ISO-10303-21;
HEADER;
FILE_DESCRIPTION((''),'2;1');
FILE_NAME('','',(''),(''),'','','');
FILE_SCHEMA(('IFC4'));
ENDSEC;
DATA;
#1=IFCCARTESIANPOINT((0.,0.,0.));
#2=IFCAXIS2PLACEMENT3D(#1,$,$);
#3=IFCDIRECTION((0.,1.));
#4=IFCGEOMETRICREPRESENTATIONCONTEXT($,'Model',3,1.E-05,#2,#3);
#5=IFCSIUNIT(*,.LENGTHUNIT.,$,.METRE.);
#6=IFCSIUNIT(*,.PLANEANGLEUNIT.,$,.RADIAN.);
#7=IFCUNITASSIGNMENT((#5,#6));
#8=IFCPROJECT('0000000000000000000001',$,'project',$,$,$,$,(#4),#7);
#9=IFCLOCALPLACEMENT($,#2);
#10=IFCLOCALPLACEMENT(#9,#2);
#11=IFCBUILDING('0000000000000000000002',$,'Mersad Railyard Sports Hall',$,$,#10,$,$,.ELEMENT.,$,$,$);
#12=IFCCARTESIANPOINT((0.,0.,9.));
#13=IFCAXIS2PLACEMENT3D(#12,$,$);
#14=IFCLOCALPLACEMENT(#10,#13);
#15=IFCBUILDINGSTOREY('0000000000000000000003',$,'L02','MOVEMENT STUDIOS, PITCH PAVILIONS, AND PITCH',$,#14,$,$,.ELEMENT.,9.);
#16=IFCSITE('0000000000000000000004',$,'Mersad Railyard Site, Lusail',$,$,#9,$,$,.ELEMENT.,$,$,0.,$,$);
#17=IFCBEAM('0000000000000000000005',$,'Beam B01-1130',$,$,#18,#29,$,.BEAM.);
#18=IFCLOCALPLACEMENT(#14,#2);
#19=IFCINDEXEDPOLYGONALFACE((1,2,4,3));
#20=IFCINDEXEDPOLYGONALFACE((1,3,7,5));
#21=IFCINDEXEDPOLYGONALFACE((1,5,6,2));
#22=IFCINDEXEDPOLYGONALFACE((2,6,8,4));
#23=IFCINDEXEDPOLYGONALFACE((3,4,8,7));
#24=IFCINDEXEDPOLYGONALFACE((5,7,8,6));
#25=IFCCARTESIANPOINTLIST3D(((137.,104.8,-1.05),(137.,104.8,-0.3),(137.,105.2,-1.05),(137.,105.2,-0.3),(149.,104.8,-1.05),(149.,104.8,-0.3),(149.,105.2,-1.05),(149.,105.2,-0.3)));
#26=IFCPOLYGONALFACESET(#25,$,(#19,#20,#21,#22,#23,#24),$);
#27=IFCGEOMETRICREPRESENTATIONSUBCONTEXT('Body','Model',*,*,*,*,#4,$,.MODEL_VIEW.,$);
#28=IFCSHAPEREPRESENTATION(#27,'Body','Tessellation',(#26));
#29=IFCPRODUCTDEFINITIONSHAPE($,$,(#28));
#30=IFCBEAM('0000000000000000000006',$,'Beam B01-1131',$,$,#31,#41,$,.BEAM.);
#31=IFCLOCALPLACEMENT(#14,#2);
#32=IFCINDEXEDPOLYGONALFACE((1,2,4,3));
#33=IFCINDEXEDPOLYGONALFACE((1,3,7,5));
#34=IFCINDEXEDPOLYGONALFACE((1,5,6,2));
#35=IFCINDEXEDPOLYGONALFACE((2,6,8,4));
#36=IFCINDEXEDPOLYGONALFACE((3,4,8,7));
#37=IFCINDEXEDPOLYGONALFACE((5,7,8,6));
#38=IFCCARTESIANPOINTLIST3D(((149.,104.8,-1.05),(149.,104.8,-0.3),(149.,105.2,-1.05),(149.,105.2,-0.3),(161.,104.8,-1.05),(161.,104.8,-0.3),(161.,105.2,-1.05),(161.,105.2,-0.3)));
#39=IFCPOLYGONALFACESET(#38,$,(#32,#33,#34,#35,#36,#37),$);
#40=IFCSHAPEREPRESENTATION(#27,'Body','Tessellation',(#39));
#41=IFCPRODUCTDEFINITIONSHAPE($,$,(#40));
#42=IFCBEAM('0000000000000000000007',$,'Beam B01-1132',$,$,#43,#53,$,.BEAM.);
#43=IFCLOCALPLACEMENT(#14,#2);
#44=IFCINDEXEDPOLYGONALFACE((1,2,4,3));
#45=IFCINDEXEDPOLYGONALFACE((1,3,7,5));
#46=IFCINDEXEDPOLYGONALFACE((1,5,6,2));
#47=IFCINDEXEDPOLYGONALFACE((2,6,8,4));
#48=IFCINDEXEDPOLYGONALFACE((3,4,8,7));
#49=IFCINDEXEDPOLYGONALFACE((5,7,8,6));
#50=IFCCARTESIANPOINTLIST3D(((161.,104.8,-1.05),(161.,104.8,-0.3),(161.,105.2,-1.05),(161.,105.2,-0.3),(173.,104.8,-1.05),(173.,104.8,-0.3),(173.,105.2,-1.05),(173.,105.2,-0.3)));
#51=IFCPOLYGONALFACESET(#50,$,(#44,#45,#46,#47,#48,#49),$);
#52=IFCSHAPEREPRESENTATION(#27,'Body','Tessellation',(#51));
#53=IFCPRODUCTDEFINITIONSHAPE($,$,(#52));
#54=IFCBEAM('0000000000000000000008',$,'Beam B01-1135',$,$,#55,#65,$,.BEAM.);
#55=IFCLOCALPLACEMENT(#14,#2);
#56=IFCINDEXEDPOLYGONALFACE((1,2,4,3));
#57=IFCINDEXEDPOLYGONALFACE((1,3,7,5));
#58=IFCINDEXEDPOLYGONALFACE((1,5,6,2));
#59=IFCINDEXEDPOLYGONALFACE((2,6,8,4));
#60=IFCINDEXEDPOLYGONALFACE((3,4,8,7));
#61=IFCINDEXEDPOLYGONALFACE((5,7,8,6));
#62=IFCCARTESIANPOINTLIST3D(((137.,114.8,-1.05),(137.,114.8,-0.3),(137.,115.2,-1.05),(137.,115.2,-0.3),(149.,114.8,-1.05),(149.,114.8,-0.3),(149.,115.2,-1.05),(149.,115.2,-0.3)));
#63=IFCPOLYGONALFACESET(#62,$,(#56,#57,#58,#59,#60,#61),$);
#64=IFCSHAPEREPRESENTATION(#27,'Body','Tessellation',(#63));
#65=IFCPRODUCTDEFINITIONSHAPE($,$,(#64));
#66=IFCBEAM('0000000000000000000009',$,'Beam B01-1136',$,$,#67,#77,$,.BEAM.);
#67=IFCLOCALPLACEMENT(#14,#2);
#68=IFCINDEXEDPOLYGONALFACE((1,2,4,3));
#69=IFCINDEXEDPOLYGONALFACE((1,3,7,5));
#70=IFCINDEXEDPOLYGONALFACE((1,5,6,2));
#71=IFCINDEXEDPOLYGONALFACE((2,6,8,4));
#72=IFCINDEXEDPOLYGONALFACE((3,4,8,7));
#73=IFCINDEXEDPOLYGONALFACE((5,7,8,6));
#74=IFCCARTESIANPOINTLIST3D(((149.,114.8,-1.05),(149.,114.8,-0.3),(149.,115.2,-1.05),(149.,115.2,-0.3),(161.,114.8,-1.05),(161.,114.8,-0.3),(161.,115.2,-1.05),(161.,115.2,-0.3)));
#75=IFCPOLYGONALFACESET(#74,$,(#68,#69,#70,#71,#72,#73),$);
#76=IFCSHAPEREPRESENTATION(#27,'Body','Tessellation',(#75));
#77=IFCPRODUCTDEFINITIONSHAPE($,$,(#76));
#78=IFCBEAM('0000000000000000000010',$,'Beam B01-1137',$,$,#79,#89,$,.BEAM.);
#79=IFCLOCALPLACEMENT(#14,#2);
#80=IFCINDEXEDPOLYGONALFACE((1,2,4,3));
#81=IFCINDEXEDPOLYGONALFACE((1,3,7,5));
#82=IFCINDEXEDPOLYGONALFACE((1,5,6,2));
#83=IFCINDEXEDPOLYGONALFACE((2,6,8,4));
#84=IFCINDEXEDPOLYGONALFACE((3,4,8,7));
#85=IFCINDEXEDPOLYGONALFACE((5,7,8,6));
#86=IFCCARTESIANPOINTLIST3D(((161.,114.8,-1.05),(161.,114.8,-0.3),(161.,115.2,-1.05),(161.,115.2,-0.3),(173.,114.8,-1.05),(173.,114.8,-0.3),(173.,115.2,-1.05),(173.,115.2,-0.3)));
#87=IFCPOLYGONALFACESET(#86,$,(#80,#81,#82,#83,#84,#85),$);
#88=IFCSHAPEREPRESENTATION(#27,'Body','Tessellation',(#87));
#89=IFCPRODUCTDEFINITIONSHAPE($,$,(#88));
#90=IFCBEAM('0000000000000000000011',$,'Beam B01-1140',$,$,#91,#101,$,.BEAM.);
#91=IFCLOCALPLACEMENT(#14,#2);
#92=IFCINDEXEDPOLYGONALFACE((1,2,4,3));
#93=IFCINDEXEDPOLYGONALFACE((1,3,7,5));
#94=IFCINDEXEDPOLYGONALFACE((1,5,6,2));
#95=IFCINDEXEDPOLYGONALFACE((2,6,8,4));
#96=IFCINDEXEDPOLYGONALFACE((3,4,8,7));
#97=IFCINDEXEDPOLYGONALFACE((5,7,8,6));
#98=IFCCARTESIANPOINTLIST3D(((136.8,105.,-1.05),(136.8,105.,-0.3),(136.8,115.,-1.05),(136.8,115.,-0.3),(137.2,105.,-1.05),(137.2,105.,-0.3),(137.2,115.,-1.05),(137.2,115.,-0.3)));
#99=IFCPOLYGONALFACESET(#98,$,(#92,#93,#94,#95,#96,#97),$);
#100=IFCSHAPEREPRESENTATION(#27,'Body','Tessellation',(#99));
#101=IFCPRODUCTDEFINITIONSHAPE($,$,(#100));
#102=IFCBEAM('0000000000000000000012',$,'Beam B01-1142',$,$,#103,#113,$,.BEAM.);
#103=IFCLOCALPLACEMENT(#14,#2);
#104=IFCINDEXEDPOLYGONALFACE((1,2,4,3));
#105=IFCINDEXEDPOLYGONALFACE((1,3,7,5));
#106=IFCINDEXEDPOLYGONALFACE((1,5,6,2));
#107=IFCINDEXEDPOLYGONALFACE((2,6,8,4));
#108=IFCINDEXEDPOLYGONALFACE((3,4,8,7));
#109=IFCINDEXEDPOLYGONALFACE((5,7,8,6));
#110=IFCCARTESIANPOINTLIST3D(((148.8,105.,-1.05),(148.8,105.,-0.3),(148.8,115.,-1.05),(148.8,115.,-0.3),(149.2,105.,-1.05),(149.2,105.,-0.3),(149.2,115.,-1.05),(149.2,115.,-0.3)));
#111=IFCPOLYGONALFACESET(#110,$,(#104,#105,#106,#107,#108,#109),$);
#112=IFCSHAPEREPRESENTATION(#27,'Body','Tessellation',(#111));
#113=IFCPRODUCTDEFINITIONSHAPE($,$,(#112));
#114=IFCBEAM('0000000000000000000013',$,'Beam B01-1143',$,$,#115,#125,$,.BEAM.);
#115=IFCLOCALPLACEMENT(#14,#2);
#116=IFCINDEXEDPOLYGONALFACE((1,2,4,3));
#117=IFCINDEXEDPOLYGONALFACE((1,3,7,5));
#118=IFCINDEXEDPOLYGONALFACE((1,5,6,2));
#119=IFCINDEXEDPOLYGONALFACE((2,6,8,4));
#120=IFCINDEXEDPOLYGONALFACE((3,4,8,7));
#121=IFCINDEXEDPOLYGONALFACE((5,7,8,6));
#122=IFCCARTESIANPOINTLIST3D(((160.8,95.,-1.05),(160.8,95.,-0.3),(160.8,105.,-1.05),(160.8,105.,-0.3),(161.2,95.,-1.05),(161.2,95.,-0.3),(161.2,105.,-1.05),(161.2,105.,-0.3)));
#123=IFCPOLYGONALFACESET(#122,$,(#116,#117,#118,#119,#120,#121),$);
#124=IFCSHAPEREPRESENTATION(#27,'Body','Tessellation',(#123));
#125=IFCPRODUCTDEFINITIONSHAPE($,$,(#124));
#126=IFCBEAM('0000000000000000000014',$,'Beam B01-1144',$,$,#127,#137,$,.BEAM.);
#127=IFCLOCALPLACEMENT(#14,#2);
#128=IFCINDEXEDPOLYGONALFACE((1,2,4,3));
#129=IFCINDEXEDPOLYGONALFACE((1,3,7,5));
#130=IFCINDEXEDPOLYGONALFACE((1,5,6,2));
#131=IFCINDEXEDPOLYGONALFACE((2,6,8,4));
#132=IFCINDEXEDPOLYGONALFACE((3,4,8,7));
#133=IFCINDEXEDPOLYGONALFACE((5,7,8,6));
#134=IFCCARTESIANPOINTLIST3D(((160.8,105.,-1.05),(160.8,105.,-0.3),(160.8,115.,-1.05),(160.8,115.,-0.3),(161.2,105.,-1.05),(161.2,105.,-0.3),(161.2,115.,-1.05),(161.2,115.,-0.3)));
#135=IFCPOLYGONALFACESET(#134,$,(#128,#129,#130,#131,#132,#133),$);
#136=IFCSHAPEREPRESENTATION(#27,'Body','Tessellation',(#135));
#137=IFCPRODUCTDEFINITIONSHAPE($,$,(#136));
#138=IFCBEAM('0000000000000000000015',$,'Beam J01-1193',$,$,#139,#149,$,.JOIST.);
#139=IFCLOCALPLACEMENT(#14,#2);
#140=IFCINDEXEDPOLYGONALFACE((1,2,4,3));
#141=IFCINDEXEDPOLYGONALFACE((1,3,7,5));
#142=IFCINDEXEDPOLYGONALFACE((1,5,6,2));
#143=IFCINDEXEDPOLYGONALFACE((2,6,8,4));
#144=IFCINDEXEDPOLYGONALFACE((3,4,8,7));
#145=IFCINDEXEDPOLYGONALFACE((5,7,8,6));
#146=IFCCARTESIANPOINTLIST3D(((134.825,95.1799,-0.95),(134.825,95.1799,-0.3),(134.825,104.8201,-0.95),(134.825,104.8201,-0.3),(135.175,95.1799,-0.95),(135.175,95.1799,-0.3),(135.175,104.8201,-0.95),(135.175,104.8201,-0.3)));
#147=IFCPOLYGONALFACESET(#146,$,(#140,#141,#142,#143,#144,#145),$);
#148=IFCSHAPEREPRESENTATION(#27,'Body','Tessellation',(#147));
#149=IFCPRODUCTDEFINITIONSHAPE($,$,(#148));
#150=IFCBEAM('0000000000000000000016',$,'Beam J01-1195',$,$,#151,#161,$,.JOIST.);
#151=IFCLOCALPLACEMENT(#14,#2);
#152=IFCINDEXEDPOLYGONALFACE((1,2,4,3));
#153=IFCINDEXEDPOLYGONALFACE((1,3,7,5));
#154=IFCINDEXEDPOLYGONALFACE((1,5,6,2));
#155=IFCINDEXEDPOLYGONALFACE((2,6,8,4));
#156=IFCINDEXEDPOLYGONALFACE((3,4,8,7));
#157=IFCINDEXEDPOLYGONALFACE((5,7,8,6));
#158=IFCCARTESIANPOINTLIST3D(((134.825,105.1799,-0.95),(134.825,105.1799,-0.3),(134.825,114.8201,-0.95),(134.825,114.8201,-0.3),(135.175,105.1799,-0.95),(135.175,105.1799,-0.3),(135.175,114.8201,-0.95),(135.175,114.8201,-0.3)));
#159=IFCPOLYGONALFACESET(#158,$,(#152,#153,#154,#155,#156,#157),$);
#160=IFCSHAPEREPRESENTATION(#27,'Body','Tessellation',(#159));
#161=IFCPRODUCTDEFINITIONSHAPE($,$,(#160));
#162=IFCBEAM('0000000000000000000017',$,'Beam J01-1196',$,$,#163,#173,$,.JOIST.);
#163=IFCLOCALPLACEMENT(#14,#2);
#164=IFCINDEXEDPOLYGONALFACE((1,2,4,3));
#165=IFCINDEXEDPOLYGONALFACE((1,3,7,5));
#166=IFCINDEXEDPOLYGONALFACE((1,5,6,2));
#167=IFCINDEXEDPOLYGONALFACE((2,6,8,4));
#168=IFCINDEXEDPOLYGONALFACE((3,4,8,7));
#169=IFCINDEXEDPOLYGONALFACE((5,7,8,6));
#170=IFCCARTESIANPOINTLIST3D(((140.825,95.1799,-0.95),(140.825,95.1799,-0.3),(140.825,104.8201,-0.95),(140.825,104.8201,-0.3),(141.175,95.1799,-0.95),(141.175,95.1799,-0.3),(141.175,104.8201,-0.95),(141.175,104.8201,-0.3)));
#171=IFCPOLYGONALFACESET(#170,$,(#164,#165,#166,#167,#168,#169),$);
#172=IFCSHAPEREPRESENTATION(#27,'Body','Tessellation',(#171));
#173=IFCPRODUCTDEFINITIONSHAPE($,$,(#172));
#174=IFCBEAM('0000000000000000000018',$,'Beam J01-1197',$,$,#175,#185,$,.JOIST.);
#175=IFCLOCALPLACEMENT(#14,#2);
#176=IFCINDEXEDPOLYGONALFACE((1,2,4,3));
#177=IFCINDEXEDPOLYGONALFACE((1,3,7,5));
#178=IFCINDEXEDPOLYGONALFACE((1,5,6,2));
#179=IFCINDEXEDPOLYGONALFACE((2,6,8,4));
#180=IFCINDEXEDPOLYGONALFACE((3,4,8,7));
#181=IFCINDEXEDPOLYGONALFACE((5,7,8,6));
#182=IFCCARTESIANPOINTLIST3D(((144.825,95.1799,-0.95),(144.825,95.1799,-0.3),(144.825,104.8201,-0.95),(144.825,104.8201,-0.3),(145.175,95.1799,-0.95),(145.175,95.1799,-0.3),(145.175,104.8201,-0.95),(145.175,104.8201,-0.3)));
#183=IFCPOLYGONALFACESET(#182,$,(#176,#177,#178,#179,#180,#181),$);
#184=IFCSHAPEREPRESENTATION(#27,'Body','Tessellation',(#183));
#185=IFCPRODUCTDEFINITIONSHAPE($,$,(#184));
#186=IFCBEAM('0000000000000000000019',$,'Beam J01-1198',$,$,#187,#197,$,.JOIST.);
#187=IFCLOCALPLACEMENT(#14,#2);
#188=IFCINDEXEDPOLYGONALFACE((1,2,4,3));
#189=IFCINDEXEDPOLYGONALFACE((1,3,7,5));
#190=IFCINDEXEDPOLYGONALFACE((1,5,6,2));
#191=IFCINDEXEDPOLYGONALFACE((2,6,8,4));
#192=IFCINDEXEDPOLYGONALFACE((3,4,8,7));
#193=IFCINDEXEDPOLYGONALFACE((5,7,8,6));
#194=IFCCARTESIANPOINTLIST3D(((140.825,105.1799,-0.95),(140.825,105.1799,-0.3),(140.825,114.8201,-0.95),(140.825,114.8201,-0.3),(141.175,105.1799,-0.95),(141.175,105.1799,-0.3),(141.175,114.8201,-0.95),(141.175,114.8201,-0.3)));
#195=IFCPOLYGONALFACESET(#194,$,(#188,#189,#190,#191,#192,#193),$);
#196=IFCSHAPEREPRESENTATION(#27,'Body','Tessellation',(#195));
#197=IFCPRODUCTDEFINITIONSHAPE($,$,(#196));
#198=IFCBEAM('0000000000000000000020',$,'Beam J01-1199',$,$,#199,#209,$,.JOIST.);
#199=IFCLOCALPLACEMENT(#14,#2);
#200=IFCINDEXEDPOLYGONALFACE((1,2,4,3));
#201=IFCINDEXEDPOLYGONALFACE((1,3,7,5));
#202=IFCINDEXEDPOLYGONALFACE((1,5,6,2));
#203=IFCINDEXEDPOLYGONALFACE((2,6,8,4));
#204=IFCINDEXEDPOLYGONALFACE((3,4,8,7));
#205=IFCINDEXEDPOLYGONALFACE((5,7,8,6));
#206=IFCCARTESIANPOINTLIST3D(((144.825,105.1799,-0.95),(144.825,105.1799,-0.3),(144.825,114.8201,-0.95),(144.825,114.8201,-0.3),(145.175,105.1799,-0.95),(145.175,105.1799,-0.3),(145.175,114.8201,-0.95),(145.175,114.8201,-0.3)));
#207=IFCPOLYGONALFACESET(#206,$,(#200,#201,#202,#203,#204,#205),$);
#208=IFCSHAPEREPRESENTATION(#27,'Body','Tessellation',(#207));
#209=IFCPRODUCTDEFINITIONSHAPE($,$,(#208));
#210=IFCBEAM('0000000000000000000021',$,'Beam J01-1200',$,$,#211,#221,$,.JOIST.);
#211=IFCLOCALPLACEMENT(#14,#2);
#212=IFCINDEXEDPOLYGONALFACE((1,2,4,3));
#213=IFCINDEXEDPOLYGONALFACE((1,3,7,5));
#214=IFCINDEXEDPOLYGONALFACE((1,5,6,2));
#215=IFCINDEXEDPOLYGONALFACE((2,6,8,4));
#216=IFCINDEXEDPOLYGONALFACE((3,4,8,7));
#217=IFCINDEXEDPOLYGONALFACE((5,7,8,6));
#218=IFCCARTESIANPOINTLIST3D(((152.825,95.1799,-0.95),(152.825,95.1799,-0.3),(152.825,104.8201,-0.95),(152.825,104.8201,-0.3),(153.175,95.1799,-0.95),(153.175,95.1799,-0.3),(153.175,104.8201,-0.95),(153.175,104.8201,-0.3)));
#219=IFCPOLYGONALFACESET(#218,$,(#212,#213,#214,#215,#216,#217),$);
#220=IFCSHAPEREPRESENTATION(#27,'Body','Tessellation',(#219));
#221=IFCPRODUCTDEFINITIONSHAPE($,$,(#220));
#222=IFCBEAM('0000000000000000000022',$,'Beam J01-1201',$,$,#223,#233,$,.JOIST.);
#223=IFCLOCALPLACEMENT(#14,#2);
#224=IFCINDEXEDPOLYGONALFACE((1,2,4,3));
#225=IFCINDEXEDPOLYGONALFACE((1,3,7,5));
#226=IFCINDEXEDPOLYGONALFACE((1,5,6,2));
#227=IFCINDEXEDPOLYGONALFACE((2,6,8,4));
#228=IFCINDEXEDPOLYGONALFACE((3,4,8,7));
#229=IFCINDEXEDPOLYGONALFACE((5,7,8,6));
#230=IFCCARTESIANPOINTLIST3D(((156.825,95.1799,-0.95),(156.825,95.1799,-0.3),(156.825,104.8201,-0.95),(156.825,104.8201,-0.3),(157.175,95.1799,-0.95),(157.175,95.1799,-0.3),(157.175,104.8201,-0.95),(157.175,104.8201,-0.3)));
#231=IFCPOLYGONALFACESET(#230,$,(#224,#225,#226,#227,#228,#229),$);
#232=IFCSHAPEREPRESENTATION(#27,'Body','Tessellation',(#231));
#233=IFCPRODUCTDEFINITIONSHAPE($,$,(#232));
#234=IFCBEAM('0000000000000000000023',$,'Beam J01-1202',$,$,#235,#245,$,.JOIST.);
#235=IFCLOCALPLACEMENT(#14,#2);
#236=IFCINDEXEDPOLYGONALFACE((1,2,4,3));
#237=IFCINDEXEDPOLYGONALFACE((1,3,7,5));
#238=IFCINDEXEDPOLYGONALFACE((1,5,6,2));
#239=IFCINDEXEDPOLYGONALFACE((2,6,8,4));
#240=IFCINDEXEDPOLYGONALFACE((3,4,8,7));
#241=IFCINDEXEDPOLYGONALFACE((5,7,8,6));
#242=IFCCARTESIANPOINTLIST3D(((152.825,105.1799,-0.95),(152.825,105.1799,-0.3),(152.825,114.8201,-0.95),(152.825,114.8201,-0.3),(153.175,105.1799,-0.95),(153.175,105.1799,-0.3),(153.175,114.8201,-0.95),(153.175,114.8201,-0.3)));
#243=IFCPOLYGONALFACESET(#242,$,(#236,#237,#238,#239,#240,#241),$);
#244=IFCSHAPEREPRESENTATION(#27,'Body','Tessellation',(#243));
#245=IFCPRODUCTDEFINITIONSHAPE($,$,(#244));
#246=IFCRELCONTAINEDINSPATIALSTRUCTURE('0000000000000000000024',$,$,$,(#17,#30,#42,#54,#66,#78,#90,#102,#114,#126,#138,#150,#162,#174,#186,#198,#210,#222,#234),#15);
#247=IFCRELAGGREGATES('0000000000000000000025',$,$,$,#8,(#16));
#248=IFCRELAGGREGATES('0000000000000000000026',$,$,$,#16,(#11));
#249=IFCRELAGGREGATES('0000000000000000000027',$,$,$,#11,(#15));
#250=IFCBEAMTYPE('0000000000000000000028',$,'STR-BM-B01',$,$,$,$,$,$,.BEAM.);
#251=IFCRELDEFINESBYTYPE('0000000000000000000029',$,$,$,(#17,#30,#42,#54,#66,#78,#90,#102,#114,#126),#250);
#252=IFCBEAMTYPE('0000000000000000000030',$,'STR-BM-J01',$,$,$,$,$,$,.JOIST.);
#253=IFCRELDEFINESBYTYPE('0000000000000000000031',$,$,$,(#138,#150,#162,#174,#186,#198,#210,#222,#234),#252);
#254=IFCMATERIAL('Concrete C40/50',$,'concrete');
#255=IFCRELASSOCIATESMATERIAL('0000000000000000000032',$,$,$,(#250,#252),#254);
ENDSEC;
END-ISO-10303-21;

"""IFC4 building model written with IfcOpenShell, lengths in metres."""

from ifc_helpers import new_model, si_unit, direction, frame, origin, origin_2d, place, context, subcontext, project, spatial, rectangle, extrude, material, material_profile, profile_set, type_object, element, save


model = new_model("IFC4")

# Units and contexts
model_context = context("Model", 3, precision=1e-05, world=origin(), true_north=direction((0.0, 1.0)))
body_context = subcontext(model_context, "Body", "Model", "MODEL_VIEW")
ifc_project = project(units=[si_unit("LENGTHUNIT", "METRE"), si_unit("PLANEANGLEUNIT", "RADIAN")], contexts=[model_context])

# Site, building, storey
site_placement = place(None, origin())
site = spatial("IfcSite", under=ifc_project, at=site_placement, Name="Mersad Railyard Site, Lusail", CompositionType="ELEMENT", RefElevation=0.0)
building_placement = place(site_placement, origin())
building = spatial("IfcBuilding", under=site, at=building_placement, Name="Mersad Railyard Sports Hall", CompositionType="ELEMENT")
storey_placement = place(building_placement, frame((0.0, 0.0, 9.0)))
storey = spatial("IfcBuildingStorey", under=building, at=storey_placement, Name="L02", Description="MOVEMENT STUDIOS, PITCH PAVILIONS, AND PITCH", CompositionType="ELEMENT", Elevation=9.0)

# Beams
ifc_material_1 = material(Name="Concrete C40/50", Category="concrete")
ifc_material_profile_1 = material_profile(ifc_material_1, rectangle(XDim=0.3999, YDim=0.75, at=origin_2d()), Name="RC 400x750")
ifc_profile_set_1 = profile_set([ifc_material_profile_1], Name="Concrete C40/50")
beam_type_1 = type_object("IfcBeamType", Name="STR-BM-B01", PredefinedType="BEAM", material=ifc_profile_set_1)
for number, where, z_axis, x_axis, name in (
    (1, (137.0, 105.0, -0.675), (1.0, 0.0, 0.0), (0.0, 1.0, 0.0), "Beam B01-1130"),
    (2, (149.0, 105.0, -0.675), (1.0, 0.0, 0.0), (0.0, 1.0, 0.0), "Beam B01-1131"),
    (3, (161.0, 105.0, -0.675), (1.0, 0.0, 0.0), (0.0, 1.0, 0.0), "Beam B01-1132"),
    (4, (137.0, 115.0, -0.675), (1.0, 0.0, 0.0), (0.0, 1.0, 0.0), "Beam B01-1135"),
    (5, (149.0, 115.0, -0.675), (1.0, 0.0, 0.0), (0.0, 1.0, 0.0), "Beam B01-1136"),
    (6, (161.0, 115.0, -0.675), (1.0, 0.0, 0.0), (0.0, 1.0, 0.0), "Beam B01-1137"),
):
    element("IfcBeam", number, at=place(storey_placement, frame(where, z_axis=z_axis, x_axis=x_axis)), inside=storey, type_object=beam_type_1, Name=name, PredefinedType="BEAM", context=body_context, shape_type="SweptSolid", body=[
        extrude(rectangle(XDim=0.3999, YDim=0.75, at=origin_2d()), origin(), (0.0, 0.0, 1.0), 12.0),
    ])
for number, where, z_axis, x_axis, name in (
    (7, (137.0, 105.0, -0.675), (0.0, 1.0, 0.0), (-1.0, 0.0, 0.0), "Beam B01-1140"),
    (8, (149.0, 105.0, -0.675), (0.0, 1.0, 0.0), (-1.0, 0.0, 0.0), "Beam B01-1142"),
    (9, (161.0, 95.0, -0.675), (0.0, 1.0, 0.0), (-1.0, 0.0, 0.0), "Beam B01-1143"),
    (10, (161.0, 105.0, -0.675), (0.0, 1.0, 0.0), (-1.0, 0.0, 0.0), "Beam B01-1144"),
):
    element("IfcBeam", number, at=place(storey_placement, frame(where, z_axis=z_axis, x_axis=x_axis)), inside=storey, type_object=beam_type_1, Name=name, PredefinedType="BEAM", context=body_context, shape_type="SweptSolid", body=[
        extrude(rectangle(XDim=0.3999, YDim=0.75, at=origin_2d()), origin(), (0.0, 0.0, 1.0), 10.0),
    ])
ifc_material_profile_2 = material_profile(ifc_material_1, rectangle(XDim=0.3501, YDim=0.6499, at=origin_2d()), Name="RC 350x650")
ifc_profile_set_2 = profile_set([ifc_material_profile_2], Name="Concrete C40/50")
beam_type_2 = type_object("IfcBeamType", Name="STR-BM-J01", PredefinedType="JOIST", material=ifc_profile_set_2)
for number, where, z_axis, x_axis, name in (
    (11, (135.0, 95.1799, -0.625), (0.0, 1.0, 0.0), (-1.0, 0.0, 0.0), "Beam J01-1193"),
    (12, (135.0, 105.1799, -0.625), (0.0, 1.0, 0.0), (-1.0, 0.0, 0.0), "Beam J01-1195"),
    (13, (141.0, 95.1799, -0.625), (0.0, 1.0, 0.0), (-1.0, 0.0, 0.0), "Beam J01-1196"),
    (14, (145.0, 95.1799, -0.625), (0.0, 1.0, 0.0), (-1.0, 0.0, 0.0), "Beam J01-1197"),
    (15, (141.0, 105.1799, -0.625), (0.0, 1.0, 0.0), (-1.0, 0.0, 0.0), "Beam J01-1198"),
    (16, (145.0, 105.1799, -0.625), (0.0, 1.0, 0.0), (-1.0, 0.0, 0.0), "Beam J01-1199"),
    (17, (153.0, 95.1799, -0.625), (0.0, 1.0, 0.0), (-1.0, 0.0, 0.0), "Beam J01-1200"),
    (18, (157.0, 95.1799, -0.625), (0.0, 1.0, 0.0), (-1.0, 0.0, 0.0), "Beam J01-1201"),
    (19, (153.0, 105.1799, -0.625), (0.0, 1.0, 0.0), (-1.0, 0.0, 0.0), "Beam J01-1202"),
):
    element("IfcBeam", number, at=place(storey_placement, frame(where, z_axis=z_axis, x_axis=x_axis)), inside=storey, type_object=beam_type_2, Name=name, PredefinedType="JOIST", context=body_context, shape_type="SweptSolid", body=[
        extrude(rectangle(XDim=0.3501, YDim=0.6499, at=origin_2d()), origin(), (0.0, 0.0, 1.0), 9.6401),
    ])

save(model, "model.ifc")
